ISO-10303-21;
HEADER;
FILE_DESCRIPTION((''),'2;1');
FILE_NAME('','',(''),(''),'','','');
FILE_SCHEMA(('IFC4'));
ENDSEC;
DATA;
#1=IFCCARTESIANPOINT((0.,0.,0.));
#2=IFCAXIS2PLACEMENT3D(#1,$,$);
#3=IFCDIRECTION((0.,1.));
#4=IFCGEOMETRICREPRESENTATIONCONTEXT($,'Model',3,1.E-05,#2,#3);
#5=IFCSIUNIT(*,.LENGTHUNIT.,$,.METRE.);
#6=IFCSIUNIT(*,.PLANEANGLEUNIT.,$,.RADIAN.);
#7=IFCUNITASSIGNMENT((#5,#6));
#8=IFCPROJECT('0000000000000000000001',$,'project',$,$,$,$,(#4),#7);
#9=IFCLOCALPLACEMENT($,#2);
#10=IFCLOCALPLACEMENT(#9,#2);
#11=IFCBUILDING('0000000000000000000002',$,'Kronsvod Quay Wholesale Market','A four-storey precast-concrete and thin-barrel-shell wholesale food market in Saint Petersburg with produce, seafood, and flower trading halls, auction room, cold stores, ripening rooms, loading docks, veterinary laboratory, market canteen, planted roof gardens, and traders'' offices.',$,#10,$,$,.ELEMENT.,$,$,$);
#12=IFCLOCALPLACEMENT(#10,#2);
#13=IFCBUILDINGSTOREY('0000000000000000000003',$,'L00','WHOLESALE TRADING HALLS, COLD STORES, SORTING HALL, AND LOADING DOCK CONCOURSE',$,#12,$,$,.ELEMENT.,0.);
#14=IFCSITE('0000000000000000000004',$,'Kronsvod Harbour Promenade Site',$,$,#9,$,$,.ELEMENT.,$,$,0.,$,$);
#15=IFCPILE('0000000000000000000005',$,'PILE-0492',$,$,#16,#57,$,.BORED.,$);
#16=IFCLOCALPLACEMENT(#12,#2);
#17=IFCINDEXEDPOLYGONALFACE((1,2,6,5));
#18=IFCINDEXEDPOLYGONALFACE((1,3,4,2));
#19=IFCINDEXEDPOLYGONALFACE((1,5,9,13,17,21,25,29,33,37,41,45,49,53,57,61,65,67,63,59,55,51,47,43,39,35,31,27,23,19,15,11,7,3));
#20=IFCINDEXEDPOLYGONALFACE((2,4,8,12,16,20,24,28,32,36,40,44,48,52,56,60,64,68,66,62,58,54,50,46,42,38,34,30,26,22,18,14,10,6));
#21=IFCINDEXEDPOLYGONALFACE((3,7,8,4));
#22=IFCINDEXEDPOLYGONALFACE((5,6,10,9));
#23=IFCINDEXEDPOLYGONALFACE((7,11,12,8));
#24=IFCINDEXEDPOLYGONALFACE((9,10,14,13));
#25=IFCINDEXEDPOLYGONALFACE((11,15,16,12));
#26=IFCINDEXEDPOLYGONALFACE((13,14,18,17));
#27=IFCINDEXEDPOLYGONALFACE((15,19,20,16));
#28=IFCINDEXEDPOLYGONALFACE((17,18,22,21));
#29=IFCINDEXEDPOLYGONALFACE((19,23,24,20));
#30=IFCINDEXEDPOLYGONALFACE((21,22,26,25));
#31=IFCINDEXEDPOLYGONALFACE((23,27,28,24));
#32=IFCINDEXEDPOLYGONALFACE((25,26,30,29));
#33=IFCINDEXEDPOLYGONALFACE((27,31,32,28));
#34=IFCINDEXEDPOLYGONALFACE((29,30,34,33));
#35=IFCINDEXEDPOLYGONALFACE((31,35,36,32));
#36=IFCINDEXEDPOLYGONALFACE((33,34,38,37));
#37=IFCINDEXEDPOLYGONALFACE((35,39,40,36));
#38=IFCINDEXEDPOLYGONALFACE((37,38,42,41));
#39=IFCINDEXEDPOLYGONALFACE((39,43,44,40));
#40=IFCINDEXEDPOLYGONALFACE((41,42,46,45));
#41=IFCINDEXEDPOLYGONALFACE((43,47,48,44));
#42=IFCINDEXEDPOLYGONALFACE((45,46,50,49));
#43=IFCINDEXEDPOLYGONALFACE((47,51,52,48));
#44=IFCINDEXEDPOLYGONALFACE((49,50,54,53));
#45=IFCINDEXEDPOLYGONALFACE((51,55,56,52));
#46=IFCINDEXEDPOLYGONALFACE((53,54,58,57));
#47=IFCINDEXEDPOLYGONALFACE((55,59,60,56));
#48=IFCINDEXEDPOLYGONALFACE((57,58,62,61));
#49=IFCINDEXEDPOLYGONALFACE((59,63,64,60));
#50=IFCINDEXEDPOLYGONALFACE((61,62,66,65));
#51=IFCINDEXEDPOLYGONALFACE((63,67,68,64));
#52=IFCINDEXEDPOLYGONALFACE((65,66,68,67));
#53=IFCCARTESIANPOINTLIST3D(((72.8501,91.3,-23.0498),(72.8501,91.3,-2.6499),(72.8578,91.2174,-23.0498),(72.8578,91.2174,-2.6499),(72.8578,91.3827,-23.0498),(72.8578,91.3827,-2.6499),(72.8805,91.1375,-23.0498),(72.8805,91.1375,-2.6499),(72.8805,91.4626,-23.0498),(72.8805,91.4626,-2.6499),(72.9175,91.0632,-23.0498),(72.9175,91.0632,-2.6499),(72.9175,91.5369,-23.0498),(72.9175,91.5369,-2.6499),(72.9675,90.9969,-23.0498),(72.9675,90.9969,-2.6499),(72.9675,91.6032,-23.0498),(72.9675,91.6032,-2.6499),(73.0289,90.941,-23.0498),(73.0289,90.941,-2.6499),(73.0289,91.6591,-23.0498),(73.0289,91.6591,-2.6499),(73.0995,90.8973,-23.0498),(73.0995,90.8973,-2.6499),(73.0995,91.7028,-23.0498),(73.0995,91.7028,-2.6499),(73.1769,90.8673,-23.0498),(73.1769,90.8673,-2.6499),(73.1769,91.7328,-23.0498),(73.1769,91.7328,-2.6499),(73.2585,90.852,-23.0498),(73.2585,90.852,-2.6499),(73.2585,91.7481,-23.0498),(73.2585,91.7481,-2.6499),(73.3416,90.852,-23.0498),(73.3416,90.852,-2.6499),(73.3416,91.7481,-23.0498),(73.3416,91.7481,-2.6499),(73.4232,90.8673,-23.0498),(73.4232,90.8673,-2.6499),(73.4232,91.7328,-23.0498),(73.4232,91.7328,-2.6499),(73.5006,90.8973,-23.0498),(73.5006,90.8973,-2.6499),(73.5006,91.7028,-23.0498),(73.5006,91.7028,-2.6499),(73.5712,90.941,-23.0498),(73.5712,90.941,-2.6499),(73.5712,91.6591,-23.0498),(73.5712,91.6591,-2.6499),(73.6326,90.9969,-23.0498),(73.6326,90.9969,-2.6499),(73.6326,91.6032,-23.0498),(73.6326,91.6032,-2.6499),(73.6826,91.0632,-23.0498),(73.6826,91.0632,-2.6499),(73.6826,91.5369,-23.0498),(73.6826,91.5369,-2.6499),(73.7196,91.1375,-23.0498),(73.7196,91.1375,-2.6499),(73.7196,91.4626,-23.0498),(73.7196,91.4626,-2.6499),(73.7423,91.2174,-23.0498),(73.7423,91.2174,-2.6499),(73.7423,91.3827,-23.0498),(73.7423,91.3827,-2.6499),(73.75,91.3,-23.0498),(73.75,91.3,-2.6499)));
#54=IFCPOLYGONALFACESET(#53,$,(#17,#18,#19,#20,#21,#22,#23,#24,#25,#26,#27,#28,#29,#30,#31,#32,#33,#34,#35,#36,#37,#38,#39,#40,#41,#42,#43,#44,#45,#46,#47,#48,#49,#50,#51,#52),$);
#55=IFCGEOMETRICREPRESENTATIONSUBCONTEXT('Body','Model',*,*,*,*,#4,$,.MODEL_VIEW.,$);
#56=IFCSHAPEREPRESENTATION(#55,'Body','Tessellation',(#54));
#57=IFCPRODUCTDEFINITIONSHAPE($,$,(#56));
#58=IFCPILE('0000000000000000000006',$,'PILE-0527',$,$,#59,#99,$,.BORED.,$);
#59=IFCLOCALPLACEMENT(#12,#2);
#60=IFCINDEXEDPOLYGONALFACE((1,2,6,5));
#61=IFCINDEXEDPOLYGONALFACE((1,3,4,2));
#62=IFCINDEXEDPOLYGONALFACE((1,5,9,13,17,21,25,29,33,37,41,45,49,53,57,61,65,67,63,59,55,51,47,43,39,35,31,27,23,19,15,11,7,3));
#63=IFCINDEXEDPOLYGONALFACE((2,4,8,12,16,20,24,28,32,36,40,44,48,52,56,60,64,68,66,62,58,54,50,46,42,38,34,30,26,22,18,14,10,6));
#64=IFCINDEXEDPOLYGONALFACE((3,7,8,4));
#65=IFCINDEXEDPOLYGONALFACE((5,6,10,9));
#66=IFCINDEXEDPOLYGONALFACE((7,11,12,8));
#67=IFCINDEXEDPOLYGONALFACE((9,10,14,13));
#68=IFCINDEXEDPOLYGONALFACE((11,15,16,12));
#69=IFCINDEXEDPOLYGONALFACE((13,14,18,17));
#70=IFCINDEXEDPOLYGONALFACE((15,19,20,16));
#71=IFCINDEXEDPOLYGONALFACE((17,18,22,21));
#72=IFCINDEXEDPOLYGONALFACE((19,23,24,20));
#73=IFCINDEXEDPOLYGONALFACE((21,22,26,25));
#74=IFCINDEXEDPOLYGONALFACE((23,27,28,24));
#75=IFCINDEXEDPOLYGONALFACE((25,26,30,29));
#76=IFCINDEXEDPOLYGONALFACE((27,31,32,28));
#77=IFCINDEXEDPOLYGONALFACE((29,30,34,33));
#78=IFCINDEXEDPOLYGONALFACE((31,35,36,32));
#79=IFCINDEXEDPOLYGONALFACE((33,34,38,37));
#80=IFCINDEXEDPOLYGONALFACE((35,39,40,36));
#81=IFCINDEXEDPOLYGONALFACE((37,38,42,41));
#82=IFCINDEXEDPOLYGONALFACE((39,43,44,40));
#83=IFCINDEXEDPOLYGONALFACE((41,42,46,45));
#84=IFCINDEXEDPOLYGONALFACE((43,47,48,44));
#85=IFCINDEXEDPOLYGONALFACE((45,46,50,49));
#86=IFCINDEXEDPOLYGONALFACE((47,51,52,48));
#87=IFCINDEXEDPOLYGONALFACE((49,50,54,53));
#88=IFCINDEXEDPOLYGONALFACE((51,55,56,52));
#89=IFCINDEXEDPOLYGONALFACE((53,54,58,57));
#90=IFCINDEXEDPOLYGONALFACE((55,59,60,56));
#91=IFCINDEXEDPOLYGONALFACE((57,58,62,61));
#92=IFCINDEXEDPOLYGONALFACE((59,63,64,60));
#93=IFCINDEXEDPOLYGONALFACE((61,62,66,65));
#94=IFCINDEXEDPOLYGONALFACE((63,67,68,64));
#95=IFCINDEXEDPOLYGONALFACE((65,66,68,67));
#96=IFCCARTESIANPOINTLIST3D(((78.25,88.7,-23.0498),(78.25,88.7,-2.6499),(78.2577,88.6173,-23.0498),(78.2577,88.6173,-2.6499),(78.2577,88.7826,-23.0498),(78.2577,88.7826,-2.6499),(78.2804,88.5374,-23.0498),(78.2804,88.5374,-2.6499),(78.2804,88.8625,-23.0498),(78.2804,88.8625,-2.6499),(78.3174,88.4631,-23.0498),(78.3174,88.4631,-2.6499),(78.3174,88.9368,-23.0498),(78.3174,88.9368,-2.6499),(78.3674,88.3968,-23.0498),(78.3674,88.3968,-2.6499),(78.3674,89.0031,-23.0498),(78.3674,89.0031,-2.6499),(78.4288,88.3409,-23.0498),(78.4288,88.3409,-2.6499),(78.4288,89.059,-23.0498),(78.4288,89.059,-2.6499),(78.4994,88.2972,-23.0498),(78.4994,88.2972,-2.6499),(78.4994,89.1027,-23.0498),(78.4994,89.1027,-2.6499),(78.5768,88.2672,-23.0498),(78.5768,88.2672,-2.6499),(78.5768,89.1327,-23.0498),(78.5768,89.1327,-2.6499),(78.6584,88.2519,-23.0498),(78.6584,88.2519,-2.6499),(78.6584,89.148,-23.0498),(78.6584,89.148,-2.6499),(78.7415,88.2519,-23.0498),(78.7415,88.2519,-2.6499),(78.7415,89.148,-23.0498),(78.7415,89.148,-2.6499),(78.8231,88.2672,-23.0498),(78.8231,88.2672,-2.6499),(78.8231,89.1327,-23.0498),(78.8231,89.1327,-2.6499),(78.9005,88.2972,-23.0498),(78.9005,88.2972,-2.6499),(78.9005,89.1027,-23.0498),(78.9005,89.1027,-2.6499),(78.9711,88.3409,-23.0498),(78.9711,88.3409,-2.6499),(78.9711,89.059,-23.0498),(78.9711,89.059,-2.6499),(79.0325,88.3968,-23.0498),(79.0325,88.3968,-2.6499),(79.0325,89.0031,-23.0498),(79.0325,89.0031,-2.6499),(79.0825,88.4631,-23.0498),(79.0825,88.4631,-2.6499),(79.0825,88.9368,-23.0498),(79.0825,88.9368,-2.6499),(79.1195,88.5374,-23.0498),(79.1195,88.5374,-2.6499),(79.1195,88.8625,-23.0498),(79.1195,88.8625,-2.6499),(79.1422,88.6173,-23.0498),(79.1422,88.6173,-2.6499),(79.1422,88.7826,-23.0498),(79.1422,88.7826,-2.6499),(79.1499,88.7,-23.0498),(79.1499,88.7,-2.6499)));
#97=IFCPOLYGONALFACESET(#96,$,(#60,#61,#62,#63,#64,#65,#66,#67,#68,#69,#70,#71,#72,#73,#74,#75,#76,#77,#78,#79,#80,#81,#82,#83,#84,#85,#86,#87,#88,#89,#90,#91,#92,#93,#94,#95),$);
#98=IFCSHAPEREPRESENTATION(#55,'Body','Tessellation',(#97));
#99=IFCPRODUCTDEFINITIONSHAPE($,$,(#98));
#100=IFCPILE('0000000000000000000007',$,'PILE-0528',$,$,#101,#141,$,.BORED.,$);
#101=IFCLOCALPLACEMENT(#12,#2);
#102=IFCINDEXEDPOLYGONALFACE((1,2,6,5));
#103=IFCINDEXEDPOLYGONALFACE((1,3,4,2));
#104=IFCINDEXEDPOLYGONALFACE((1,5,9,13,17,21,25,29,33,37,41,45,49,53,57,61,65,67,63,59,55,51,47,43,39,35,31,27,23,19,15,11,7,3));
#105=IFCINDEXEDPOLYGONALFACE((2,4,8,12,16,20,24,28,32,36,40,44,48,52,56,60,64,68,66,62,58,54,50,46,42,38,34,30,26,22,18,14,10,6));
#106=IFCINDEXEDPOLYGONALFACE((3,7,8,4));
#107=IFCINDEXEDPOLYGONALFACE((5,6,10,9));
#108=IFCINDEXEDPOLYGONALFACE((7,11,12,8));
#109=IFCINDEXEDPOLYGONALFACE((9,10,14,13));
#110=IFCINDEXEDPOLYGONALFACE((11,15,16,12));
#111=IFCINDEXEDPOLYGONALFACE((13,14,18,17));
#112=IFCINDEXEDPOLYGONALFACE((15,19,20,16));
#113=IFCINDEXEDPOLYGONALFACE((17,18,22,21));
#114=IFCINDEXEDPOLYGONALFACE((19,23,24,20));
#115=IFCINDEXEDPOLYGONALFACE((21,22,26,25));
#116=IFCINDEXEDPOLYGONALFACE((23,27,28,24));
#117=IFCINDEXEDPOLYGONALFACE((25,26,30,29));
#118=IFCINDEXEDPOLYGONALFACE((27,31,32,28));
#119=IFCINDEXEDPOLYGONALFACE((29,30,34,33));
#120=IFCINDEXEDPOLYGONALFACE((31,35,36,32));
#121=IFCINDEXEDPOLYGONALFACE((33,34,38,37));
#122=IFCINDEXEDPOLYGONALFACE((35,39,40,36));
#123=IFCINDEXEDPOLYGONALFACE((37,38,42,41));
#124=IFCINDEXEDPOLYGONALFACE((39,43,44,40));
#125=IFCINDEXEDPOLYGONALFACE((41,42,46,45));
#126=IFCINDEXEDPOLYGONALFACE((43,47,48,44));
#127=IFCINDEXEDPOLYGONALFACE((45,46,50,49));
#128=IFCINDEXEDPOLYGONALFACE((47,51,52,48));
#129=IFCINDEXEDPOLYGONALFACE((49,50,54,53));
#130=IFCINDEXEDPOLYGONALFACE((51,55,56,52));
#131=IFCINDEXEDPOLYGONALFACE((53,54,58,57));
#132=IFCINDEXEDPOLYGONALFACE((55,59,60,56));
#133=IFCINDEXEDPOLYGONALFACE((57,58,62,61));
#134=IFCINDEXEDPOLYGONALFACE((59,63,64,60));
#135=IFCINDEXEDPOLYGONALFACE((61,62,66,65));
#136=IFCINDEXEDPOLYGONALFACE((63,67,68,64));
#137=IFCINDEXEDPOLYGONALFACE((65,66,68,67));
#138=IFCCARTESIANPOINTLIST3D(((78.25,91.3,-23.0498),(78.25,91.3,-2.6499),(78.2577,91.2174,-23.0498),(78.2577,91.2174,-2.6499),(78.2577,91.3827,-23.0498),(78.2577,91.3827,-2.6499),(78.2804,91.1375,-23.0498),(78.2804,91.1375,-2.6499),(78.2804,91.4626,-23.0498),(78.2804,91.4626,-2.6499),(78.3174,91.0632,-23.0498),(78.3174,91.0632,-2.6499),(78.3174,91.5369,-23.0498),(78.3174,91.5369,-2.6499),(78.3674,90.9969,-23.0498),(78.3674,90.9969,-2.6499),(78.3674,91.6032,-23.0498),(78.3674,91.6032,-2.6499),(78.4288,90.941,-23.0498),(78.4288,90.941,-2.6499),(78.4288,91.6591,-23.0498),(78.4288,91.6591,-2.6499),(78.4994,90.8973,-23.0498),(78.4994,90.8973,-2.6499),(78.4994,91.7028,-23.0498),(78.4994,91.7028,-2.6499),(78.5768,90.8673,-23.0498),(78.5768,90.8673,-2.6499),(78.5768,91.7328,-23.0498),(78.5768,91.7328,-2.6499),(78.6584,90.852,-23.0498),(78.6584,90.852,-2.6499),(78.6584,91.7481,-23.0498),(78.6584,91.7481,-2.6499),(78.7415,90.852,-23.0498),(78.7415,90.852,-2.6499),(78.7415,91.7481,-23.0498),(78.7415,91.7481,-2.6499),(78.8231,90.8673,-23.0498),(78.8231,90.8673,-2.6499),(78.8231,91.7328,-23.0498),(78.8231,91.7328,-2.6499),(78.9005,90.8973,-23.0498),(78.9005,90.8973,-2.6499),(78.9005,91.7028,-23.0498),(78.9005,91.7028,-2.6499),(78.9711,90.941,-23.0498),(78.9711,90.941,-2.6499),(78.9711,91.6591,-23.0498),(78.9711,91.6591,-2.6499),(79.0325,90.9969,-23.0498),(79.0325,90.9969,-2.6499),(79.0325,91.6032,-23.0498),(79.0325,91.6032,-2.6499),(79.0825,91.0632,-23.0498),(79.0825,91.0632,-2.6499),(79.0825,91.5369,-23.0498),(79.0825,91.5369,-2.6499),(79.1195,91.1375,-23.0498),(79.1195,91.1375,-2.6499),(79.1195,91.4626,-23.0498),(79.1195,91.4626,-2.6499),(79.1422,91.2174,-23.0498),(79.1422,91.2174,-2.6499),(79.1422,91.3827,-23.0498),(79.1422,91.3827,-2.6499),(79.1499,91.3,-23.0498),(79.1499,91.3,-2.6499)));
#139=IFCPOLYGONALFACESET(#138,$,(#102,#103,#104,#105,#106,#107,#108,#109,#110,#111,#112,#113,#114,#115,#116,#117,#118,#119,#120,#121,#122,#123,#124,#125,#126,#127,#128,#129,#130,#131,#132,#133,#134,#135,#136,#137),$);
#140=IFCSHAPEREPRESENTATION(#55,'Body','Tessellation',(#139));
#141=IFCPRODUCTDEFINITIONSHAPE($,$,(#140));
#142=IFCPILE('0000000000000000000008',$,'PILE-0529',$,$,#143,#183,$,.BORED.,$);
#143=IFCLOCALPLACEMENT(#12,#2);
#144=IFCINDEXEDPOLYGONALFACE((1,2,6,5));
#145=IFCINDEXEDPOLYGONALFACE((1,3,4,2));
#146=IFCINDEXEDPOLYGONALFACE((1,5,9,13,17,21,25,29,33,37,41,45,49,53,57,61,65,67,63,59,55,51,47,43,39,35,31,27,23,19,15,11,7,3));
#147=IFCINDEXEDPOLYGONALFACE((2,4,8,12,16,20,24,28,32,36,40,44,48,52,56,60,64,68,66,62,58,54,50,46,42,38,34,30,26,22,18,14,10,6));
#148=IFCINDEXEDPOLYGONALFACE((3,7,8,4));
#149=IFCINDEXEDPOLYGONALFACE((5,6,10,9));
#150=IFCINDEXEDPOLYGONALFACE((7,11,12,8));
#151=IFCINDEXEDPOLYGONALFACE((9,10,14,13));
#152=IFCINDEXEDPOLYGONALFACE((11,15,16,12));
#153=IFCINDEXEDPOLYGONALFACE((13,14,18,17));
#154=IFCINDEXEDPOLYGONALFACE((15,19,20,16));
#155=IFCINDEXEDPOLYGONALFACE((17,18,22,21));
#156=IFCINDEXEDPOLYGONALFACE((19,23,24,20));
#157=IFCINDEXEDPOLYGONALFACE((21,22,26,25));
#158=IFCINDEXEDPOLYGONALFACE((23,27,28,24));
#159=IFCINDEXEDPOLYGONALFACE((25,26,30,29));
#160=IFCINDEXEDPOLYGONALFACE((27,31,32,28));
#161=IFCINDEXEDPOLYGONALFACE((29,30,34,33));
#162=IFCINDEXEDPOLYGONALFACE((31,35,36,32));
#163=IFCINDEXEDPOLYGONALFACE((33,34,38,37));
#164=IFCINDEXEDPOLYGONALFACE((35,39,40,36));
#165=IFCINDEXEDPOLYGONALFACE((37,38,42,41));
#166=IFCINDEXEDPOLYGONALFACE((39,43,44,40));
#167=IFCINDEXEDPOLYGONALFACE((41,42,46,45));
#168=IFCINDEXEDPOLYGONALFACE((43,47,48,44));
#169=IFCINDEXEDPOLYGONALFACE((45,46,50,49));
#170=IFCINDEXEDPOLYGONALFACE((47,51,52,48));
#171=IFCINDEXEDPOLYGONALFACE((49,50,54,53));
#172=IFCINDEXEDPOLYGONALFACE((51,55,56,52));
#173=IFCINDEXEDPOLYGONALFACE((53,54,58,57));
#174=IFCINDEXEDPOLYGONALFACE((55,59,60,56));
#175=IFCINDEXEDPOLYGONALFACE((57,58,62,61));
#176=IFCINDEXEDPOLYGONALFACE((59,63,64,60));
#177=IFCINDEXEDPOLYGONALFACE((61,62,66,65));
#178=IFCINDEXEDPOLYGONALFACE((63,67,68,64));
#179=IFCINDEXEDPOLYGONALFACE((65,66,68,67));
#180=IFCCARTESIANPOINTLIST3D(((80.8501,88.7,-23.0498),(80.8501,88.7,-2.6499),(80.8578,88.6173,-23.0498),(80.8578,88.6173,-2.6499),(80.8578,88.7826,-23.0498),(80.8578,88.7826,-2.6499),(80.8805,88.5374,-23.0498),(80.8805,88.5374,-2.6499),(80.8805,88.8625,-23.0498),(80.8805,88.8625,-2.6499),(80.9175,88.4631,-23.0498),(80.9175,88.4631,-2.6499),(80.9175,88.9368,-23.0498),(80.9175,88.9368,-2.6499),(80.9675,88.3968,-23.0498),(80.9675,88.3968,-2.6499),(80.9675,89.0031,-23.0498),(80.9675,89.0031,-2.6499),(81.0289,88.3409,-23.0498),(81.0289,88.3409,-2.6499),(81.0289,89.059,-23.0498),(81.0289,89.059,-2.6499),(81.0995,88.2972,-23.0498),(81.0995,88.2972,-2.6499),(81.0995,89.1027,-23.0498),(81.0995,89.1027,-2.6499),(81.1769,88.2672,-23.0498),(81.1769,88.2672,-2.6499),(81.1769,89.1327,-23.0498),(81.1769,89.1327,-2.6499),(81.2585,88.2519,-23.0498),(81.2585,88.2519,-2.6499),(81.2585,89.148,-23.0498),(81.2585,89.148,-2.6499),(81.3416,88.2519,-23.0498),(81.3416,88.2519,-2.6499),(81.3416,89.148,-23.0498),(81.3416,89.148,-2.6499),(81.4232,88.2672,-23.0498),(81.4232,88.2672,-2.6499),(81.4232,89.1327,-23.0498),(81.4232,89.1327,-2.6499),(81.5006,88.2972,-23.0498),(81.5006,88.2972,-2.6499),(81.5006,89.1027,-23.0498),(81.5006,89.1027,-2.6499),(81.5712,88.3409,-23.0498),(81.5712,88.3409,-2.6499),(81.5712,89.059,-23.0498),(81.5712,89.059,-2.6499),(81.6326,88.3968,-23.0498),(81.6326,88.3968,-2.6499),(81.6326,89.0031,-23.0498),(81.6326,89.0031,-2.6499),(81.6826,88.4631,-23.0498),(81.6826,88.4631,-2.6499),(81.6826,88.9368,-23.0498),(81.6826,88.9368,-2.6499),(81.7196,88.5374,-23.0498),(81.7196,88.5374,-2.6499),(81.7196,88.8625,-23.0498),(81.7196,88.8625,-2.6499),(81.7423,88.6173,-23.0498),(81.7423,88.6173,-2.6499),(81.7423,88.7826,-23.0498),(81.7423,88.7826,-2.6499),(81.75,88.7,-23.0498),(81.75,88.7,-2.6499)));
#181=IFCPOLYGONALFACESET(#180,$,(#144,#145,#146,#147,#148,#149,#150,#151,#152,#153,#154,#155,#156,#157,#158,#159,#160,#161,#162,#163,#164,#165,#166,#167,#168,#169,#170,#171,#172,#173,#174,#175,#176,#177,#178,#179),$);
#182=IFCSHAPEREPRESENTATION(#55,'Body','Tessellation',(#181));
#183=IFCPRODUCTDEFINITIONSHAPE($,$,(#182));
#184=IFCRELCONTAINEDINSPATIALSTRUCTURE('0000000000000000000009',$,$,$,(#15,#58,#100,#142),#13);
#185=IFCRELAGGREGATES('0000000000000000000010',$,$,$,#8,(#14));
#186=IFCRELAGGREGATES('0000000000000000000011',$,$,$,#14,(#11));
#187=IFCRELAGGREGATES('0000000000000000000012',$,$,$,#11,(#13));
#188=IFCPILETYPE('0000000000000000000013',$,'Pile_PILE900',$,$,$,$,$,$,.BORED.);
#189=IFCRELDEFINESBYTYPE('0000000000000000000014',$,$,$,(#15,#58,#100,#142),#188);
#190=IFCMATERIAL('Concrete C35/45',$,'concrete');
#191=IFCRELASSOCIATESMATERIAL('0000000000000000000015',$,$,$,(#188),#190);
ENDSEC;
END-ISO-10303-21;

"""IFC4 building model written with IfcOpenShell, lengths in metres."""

from ifc_helpers import new_model, si_unit, direction, frame, origin, origin_2d, place, context, subcontext, project, spatial, circle, extrude, material, material_profile, profile_set, type_object, element, save


model = new_model("IFC4")

# Units and contexts
model_context = context("Model", 3, precision=1e-05, world=origin(), true_north=direction((0.0, 1.0)))
body_context = subcontext(model_context, "Body", "Model", "MODEL_VIEW")
ifc_project = project(units=[si_unit("LENGTHUNIT", "METRE"), si_unit("PLANEANGLEUNIT", "RADIAN")], contexts=[model_context])

# Site, building, storey
site_placement = place(None, origin())
site = spatial("IfcSite", under=ifc_project, at=site_placement, Name="Kronsvod Harbour Promenade Site", CompositionType="ELEMENT", RefElevation=0.0)
building_placement = place(site_placement, origin())
building = spatial("IfcBuilding", under=site, at=building_placement, Name="Kronsvod Quay Wholesale Market", Description="A four-storey precast-concrete and thin-barrel-shell wholesale food market in Saint Petersburg with produce, seafood, and flower trading halls, auction room, cold stores, ripening rooms, loading docks, veterinary laboratory, market canteen, planted roof gardens, and traders' offices.", CompositionType="ELEMENT")
storey_placement = place(building_placement, origin())
storey = spatial("IfcBuildingStorey", under=building, at=storey_placement, Name="L00", Description="WHOLESALE TRADING HALLS, COLD STORES, SORTING HALL, AND LOADING DOCK CONCOURSE", CompositionType="ELEMENT", Elevation=0.0)

# Piles
ifc_material_1 = material(Name="Concrete C35/45", Category="concrete")
ifc_material_profile_1 = material_profile(ifc_material_1, circle(Radius=0.45, at=origin_2d()), Name="PILE900")
ifc_profile_set_1 = profile_set([ifc_material_profile_1], Name="Concrete C35/45")
pile_type = type_object("IfcPileType", Name="Pile_PILE900", PredefinedType="BORED", material=ifc_profile_set_1)
for number, where, z_axis, x_axis, name in (
    (1, (73.3, 91.3, -2.6499), (0.0, 0.0, -1.0), (1.0, 0.0, 0.0), "PILE-0492"),
    (2, (78.7, 88.7, -2.6499), (0.0, 0.0, -1.0), (1.0, 0.0, 0.0), "PILE-0527"),
    (3, (78.7, 91.3, -2.6499), (0.0, 0.0, -1.0), (1.0, 0.0, 0.0), "PILE-0528"),
    (4, (81.3, 88.7, -2.6499), (0.0, 0.0, -1.0), (1.0, 0.0, 0.0), "PILE-0529"),
):
    element("IfcPile", number, at=place(storey_placement, frame(where, z_axis=z_axis, x_axis=x_axis)), inside=storey, type_object=pile_type, Name=name, PredefinedType="BORED", context=body_context, shape_type="SweptSolid", body=[
        extrude(circle(Radius=0.45, at=origin_2d()), origin(), (0.0, 0.0, 1.0), 20.3999),
    ])

save(model, "model.ifc")
